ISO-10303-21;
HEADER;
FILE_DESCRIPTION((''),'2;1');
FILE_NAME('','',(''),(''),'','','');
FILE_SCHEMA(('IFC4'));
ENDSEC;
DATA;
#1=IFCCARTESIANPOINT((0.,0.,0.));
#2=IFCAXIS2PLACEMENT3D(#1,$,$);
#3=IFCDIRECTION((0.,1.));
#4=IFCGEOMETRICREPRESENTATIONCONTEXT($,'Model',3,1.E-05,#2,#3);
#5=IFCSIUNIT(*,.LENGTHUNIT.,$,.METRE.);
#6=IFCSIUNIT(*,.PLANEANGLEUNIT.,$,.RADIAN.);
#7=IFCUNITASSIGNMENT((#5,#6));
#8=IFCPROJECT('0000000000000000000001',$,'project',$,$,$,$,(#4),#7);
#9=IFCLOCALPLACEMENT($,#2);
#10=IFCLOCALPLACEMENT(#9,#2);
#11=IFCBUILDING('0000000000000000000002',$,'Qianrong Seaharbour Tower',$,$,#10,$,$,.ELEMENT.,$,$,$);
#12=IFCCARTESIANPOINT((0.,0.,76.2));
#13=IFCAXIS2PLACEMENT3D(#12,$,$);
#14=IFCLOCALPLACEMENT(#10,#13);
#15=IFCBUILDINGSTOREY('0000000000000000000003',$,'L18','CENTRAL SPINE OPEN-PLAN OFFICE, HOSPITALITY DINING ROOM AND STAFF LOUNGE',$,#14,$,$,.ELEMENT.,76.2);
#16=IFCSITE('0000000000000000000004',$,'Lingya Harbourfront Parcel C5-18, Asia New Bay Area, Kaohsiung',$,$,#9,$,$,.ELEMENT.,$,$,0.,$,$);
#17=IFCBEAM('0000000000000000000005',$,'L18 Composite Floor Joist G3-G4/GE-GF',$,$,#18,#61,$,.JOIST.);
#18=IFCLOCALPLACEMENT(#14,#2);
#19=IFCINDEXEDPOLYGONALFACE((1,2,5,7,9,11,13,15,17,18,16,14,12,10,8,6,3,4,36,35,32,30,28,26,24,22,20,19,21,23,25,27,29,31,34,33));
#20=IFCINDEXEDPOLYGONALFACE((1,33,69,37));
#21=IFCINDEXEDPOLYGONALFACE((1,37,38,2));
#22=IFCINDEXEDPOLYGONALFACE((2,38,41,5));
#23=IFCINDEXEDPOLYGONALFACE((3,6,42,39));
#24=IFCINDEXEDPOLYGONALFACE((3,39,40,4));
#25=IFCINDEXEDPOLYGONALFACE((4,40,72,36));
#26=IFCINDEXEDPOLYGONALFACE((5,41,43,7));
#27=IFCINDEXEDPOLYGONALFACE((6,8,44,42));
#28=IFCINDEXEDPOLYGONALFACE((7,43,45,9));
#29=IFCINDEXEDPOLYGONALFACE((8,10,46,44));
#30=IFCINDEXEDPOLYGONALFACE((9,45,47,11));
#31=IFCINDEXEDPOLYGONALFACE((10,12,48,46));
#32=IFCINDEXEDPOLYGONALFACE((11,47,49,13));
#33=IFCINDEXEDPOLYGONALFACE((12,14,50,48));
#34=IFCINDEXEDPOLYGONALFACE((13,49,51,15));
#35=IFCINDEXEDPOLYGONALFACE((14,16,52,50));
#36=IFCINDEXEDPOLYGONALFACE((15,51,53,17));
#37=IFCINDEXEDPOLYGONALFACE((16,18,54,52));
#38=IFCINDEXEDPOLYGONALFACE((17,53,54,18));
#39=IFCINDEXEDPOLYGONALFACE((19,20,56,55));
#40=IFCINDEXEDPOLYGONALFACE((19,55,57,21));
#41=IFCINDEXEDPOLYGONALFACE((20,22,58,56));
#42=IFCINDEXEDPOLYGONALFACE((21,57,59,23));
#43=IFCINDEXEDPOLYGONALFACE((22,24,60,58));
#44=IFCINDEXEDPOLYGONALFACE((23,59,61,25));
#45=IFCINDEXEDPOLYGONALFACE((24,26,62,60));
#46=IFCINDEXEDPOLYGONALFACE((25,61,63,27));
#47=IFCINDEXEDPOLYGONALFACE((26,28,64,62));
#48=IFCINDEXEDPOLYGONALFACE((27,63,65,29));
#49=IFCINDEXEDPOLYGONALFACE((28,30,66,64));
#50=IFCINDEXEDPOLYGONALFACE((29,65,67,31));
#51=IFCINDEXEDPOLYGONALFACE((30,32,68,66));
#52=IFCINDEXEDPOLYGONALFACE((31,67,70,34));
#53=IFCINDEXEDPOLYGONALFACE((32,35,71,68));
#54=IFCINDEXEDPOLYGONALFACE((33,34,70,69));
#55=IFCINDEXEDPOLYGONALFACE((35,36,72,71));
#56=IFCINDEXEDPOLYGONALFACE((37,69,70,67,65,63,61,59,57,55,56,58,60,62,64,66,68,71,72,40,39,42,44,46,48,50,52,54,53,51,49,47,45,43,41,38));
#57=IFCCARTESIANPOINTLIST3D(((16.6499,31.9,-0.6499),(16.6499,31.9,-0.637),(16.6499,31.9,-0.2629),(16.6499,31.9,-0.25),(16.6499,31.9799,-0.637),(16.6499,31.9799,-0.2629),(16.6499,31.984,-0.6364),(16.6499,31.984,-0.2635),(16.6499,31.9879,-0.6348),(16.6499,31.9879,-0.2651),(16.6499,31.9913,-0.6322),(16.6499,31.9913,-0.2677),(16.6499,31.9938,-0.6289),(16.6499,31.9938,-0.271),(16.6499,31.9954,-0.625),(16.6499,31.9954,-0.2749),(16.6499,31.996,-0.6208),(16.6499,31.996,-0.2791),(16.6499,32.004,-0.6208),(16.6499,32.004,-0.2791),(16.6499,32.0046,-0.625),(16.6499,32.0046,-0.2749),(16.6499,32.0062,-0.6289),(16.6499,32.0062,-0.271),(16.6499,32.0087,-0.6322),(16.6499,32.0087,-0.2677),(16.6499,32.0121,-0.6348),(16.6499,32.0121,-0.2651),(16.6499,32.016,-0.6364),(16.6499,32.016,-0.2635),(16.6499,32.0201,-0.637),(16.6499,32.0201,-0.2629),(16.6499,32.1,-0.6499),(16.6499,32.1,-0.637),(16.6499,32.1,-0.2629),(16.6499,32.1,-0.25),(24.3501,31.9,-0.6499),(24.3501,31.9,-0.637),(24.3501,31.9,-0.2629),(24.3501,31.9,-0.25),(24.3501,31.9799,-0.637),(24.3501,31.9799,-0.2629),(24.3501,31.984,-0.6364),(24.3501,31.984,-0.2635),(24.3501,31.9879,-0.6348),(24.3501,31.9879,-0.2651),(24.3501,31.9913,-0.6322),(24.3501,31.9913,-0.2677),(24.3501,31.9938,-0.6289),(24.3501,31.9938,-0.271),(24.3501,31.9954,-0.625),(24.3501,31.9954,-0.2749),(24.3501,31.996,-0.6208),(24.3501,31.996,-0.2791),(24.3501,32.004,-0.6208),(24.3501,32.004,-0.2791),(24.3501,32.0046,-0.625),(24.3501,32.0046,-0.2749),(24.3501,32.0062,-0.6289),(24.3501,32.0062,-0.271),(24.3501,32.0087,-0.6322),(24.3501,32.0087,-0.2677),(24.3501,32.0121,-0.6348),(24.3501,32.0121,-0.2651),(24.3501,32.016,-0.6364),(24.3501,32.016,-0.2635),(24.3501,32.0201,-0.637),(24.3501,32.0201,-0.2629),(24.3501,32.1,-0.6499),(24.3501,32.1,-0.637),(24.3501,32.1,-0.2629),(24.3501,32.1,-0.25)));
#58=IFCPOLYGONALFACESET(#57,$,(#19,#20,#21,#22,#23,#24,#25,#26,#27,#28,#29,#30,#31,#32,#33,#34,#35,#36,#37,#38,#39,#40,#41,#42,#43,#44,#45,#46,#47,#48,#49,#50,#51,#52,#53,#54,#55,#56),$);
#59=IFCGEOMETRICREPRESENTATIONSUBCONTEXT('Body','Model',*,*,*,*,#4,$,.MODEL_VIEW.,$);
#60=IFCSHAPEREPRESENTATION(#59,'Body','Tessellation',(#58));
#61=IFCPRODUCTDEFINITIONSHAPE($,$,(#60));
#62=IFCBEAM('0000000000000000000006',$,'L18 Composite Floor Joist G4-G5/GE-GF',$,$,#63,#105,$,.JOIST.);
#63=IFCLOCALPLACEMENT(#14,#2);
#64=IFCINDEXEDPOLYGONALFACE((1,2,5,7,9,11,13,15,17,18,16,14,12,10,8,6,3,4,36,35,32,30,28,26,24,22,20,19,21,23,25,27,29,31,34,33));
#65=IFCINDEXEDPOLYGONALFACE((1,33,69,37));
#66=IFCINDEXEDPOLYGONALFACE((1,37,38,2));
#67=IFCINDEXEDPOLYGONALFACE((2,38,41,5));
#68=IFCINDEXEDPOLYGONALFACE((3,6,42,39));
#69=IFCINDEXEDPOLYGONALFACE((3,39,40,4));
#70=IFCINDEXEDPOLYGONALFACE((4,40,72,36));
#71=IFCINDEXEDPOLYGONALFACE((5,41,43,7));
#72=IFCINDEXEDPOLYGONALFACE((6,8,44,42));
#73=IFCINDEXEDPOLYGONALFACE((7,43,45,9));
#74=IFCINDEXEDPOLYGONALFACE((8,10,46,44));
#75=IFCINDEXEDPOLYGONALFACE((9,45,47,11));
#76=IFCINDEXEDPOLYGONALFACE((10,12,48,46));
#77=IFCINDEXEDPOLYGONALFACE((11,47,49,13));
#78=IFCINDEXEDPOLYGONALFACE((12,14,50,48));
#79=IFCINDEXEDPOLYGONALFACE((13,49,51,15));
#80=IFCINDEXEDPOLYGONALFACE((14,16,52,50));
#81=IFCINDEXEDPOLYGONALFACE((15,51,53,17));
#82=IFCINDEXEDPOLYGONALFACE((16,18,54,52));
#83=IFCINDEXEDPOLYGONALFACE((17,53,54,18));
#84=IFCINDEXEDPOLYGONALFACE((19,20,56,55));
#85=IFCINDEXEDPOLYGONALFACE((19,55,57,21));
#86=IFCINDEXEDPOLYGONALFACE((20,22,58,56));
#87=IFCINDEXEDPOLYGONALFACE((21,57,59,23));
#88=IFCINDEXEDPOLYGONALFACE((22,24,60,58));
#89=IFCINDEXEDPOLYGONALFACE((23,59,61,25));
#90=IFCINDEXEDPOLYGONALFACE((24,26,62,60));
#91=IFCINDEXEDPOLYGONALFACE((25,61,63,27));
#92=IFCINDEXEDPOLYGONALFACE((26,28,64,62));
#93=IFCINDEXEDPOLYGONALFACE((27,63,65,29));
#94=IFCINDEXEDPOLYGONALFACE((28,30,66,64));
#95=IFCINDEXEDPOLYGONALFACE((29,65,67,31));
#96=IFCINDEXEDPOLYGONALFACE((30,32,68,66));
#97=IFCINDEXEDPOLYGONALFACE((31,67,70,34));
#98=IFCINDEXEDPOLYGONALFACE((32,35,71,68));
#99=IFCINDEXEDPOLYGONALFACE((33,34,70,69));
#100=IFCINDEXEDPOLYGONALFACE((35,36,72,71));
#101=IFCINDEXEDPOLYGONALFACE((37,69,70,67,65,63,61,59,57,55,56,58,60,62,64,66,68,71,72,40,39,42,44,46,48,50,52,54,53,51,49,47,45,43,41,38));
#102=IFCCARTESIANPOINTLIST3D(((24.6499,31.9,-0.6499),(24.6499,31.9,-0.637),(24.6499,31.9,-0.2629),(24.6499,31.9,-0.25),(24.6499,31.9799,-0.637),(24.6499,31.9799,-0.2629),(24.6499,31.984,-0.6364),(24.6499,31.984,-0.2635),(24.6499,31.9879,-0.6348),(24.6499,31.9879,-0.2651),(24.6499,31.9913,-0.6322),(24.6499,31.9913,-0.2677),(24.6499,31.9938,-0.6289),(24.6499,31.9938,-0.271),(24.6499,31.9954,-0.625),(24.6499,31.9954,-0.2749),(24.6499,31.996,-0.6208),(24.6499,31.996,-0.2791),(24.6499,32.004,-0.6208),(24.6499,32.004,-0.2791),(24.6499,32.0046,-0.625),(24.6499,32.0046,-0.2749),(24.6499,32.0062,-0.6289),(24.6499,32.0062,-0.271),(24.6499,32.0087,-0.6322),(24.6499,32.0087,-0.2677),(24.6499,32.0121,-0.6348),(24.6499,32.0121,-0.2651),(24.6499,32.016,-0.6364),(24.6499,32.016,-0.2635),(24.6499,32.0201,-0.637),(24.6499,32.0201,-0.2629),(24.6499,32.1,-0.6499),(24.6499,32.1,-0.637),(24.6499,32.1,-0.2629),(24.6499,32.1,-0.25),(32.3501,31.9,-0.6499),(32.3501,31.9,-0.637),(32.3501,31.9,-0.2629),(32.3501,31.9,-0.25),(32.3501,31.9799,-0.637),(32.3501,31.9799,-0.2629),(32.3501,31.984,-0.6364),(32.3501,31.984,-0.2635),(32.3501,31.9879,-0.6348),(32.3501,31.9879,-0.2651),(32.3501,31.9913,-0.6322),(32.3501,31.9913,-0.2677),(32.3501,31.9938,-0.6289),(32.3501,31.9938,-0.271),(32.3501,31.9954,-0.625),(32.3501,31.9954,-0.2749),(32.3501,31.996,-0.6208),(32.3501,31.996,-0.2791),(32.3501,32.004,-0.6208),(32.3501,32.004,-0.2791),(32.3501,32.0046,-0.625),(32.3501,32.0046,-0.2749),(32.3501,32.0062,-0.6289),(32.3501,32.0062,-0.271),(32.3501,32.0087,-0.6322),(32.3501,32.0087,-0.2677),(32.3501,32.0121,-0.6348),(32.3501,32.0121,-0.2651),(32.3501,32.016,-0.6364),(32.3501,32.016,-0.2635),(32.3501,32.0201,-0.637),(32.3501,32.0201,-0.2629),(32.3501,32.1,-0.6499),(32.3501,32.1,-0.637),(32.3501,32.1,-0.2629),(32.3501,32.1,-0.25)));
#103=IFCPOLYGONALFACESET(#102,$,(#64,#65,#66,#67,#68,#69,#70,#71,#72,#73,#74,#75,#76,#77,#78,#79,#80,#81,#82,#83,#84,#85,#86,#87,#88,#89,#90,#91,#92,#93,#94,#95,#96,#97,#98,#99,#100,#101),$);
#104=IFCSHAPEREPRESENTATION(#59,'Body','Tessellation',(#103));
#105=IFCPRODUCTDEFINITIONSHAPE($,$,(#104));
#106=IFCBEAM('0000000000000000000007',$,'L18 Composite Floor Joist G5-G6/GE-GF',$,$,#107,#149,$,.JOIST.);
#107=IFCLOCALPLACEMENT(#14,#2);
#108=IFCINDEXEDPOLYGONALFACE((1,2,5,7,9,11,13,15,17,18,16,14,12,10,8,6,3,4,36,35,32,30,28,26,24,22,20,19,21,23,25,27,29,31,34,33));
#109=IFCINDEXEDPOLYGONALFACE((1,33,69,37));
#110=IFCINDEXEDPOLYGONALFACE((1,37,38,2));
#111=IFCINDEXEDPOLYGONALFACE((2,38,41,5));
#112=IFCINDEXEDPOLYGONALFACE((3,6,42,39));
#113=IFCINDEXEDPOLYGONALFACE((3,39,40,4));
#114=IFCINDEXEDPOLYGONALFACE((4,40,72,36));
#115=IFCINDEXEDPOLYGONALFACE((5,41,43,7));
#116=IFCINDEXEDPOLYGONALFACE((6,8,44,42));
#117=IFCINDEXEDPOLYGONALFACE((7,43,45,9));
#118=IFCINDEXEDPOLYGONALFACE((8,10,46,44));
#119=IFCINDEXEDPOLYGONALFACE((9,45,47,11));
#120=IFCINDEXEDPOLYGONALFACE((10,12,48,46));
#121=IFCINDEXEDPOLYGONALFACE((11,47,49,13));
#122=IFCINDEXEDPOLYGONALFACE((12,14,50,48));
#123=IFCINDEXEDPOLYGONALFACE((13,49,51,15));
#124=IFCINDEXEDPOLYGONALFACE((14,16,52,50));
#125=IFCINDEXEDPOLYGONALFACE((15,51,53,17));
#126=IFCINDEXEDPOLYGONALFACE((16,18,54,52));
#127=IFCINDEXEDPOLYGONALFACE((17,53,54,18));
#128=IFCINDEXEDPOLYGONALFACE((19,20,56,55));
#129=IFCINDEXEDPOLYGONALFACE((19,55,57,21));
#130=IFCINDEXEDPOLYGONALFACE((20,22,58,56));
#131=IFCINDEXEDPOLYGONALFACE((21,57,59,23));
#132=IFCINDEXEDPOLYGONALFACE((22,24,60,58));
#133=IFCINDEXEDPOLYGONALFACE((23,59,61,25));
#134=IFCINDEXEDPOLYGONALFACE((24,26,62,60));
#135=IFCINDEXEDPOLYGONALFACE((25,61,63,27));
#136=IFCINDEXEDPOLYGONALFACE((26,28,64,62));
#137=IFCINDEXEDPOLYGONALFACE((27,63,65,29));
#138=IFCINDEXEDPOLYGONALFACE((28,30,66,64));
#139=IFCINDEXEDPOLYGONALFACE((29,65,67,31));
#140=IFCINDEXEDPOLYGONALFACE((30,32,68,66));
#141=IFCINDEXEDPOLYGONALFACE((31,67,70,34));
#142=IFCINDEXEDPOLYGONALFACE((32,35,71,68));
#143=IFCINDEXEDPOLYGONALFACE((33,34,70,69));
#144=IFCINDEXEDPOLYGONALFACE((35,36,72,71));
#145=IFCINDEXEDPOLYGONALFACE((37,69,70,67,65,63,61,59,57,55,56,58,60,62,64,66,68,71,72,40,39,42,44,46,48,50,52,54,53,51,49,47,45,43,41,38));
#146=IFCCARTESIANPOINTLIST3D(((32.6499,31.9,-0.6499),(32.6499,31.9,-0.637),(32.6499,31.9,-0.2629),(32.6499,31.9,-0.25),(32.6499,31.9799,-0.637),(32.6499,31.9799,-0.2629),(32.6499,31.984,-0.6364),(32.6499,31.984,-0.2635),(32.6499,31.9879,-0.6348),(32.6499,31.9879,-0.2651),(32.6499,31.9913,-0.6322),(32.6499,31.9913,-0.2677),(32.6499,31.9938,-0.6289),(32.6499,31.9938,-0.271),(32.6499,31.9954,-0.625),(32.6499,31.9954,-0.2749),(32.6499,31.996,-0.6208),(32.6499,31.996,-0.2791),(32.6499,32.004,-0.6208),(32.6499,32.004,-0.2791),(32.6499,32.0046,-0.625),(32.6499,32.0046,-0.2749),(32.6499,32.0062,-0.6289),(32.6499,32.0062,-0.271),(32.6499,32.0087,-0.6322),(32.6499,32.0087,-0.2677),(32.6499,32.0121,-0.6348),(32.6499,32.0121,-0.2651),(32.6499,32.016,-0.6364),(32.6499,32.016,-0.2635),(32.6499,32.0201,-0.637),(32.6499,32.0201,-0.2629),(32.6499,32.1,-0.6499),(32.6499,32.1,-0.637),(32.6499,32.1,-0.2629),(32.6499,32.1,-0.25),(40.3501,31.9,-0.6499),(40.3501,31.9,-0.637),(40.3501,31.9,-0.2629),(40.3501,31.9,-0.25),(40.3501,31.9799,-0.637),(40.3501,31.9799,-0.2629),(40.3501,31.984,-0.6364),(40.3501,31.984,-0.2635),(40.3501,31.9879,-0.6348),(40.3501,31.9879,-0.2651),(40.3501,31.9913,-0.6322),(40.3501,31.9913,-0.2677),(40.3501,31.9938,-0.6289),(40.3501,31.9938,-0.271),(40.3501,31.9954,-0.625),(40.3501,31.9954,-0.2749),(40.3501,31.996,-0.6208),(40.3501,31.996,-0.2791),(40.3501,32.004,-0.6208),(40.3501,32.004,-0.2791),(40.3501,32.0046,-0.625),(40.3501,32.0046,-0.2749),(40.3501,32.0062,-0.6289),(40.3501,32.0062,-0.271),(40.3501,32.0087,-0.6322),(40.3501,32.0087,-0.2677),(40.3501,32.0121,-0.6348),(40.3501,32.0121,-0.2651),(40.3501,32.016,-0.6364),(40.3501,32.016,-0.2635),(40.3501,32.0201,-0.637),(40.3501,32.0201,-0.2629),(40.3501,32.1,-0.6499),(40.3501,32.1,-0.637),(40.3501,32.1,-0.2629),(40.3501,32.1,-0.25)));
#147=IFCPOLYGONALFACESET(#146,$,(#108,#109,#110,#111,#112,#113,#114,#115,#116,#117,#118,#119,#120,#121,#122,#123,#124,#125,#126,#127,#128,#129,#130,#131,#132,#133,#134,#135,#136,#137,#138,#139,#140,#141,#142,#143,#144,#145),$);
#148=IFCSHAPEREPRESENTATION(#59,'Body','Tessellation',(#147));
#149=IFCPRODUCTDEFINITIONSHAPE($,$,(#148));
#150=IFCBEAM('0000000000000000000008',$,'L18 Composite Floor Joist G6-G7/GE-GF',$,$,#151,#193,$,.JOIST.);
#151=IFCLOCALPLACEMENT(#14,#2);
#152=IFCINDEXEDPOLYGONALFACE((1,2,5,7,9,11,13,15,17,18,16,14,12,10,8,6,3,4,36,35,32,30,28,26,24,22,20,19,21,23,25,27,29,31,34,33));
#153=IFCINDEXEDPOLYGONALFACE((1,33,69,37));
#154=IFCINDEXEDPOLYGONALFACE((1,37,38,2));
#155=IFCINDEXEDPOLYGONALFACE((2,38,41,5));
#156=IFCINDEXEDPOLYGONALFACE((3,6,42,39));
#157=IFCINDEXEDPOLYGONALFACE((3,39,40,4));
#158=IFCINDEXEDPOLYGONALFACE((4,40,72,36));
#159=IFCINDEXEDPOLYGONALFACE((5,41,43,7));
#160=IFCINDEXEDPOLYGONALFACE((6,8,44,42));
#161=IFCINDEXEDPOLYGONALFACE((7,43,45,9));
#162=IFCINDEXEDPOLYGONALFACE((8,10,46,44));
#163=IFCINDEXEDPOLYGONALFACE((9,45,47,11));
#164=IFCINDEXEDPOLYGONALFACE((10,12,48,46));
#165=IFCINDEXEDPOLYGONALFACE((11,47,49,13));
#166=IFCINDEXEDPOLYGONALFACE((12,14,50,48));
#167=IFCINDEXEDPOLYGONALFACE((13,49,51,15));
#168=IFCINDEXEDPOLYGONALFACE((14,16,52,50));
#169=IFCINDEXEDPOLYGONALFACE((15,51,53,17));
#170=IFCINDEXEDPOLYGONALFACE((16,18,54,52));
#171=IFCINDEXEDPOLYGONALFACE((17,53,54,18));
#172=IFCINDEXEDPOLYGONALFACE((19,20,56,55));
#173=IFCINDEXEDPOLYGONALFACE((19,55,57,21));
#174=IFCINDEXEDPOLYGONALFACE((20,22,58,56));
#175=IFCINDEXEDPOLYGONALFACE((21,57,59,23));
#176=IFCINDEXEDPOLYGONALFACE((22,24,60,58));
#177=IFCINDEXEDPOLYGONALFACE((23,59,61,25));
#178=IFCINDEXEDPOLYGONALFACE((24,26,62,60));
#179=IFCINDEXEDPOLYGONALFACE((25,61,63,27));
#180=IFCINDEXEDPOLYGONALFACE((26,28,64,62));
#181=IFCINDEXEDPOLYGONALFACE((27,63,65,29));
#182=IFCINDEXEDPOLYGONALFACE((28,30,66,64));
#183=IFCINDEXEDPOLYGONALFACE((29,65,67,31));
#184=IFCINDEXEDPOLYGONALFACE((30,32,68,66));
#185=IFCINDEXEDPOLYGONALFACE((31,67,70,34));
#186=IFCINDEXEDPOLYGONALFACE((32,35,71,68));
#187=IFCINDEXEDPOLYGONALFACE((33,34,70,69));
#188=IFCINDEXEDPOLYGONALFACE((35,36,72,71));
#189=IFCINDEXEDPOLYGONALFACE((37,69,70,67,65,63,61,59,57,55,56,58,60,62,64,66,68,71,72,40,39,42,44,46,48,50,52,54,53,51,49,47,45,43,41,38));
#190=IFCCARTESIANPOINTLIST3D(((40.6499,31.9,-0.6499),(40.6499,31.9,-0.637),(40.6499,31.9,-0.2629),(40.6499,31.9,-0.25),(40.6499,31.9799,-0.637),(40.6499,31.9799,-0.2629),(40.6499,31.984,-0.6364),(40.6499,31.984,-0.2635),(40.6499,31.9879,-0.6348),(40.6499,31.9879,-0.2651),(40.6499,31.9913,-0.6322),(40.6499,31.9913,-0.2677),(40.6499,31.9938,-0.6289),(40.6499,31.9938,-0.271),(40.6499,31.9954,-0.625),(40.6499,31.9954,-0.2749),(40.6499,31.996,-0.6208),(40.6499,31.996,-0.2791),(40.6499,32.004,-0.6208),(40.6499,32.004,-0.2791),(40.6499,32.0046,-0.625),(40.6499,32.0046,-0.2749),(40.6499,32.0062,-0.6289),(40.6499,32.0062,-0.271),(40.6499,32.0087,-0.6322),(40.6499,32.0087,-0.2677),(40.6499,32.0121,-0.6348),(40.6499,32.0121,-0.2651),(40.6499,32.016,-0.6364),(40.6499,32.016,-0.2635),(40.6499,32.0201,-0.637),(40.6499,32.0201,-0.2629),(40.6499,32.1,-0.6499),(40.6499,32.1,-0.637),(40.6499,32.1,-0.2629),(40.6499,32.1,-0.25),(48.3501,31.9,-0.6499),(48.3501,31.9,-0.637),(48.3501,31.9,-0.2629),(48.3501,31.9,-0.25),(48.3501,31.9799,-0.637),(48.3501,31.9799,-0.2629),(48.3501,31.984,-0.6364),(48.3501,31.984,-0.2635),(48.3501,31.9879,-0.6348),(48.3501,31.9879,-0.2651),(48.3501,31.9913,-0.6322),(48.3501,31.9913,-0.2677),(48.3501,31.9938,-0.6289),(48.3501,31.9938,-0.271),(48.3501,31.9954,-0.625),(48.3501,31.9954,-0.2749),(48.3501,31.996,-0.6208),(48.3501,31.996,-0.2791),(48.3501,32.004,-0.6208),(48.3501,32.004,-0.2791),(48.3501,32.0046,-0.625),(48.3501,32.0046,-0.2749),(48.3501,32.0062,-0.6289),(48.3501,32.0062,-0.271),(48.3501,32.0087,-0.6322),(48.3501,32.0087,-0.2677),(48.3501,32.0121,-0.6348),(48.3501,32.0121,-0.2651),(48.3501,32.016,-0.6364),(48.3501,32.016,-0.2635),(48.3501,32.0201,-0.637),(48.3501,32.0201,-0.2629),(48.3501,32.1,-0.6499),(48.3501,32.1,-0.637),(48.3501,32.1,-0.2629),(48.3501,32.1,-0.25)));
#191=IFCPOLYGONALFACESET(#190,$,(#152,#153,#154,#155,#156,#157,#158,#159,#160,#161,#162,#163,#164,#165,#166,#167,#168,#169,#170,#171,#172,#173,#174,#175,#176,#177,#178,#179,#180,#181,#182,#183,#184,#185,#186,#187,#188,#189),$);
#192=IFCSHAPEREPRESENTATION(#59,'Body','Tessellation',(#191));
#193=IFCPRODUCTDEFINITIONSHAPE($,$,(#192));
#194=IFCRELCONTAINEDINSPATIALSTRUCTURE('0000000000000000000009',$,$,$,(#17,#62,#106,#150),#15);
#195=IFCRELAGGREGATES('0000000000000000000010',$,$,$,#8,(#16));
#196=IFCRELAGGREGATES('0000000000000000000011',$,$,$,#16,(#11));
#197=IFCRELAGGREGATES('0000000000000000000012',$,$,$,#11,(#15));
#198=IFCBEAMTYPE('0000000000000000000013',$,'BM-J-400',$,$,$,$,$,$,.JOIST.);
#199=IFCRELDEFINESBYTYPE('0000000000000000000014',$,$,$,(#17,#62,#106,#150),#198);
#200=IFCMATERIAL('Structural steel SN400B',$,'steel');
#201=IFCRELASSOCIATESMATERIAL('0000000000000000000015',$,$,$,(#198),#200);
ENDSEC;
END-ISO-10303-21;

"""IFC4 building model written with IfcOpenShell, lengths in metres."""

from ifc_helpers import new_model, si_unit, direction, frame, origin, origin_2d, place, context, subcontext, project, spatial, i_section, extrude, material, material_profile, profile_set, type_object, element, save


model = new_model("IFC4")

# Units and contexts
model_context = context("Model", 3, precision=1e-05, world=origin(), true_north=direction((0.0, 1.0)))
body_context = subcontext(model_context, "Body", "Model", "MODEL_VIEW")
ifc_project = project(units=[si_unit("LENGTHUNIT", "METRE"), si_unit("PLANEANGLEUNIT", "RADIAN")], contexts=[model_context])

# Site, building, storey
site_placement = place(None, origin())
site = spatial("IfcSite", under=ifc_project, at=site_placement, Name="Lingya Harbourfront Parcel C5-18, Asia New Bay Area, Kaohsiung", CompositionType="ELEMENT", RefElevation=0.0)
building_placement = place(site_placement, origin())
building = spatial("IfcBuilding", under=site, at=building_placement, Name="Qianrong Seaharbour Tower", CompositionType="ELEMENT")
storey_placement = place(building_placement, frame((0.0, 0.0, 76.2)))
storey = spatial("IfcBuildingStorey", under=building, at=storey_placement, Name="L18", Description="CENTRAL SPINE OPEN-PLAN OFFICE, HOSPITALITY DINING ROOM AND STAFF LOUNGE", CompositionType="ELEMENT", Elevation=76.2)

# Beams
ifc_material_1 = material(Name="Structural steel SN400B", Category="steel")
ifc_material_profile_1 = material_profile(ifc_material_1, i_section(OverallWidth=0.2, OverallDepth=0.3999, WebThickness=0.0081, FlangeThickness=0.0129, FilletRadius=0.0161, at=origin_2d()), Name="H400x200x8x13")
ifc_profile_set_1 = profile_set([ifc_material_profile_1], Name="Structural steel SN400B")
beam_type_1 = type_object("IfcBeamType", Name="BM-J-400", PredefinedType="JOIST", material=ifc_profile_set_1)
for number, where, z_axis, x_axis, name in (
    (1, (16.6499, 32.0, -0.45), (1.0, 0.0, 0.0), (0.0, 1.0, 0.0), "L18 Composite Floor Joist G3-G4/GE-GF"),
    (2, (24.6499, 32.0, -0.45), (1.0, 0.0, 0.0), (0.0, 1.0, 0.0), "L18 Composite Floor Joist G4-G5/GE-GF"),
    (3, (32.6499, 32.0, -0.45), (1.0, 0.0, 0.0), (0.0, 1.0, 0.0), "L18 Composite Floor Joist G5-G6/GE-GF"),
    (4, (40.6499, 32.0, -0.45), (1.0, 0.0, 0.0), (0.0, 1.0, 0.0), "L18 Composite Floor Joist G6-G7/GE-GF"),
):
    element("IfcBeam", number, at=place(storey_placement, frame(where, z_axis=z_axis, x_axis=x_axis)), inside=storey, type_object=beam_type_1, Name=name, PredefinedType="JOIST", context=body_context, shape_type="SweptSolid", body=[
        extrude(i_section(OverallWidth=0.2, OverallDepth=0.3999, WebThickness=0.0081, FlangeThickness=0.0129, FilletRadius=0.0161, at=origin_2d()), origin(), (0.0, 0.0, 1.0), 7.7002),
    ])

save(model, "model.ifc")
